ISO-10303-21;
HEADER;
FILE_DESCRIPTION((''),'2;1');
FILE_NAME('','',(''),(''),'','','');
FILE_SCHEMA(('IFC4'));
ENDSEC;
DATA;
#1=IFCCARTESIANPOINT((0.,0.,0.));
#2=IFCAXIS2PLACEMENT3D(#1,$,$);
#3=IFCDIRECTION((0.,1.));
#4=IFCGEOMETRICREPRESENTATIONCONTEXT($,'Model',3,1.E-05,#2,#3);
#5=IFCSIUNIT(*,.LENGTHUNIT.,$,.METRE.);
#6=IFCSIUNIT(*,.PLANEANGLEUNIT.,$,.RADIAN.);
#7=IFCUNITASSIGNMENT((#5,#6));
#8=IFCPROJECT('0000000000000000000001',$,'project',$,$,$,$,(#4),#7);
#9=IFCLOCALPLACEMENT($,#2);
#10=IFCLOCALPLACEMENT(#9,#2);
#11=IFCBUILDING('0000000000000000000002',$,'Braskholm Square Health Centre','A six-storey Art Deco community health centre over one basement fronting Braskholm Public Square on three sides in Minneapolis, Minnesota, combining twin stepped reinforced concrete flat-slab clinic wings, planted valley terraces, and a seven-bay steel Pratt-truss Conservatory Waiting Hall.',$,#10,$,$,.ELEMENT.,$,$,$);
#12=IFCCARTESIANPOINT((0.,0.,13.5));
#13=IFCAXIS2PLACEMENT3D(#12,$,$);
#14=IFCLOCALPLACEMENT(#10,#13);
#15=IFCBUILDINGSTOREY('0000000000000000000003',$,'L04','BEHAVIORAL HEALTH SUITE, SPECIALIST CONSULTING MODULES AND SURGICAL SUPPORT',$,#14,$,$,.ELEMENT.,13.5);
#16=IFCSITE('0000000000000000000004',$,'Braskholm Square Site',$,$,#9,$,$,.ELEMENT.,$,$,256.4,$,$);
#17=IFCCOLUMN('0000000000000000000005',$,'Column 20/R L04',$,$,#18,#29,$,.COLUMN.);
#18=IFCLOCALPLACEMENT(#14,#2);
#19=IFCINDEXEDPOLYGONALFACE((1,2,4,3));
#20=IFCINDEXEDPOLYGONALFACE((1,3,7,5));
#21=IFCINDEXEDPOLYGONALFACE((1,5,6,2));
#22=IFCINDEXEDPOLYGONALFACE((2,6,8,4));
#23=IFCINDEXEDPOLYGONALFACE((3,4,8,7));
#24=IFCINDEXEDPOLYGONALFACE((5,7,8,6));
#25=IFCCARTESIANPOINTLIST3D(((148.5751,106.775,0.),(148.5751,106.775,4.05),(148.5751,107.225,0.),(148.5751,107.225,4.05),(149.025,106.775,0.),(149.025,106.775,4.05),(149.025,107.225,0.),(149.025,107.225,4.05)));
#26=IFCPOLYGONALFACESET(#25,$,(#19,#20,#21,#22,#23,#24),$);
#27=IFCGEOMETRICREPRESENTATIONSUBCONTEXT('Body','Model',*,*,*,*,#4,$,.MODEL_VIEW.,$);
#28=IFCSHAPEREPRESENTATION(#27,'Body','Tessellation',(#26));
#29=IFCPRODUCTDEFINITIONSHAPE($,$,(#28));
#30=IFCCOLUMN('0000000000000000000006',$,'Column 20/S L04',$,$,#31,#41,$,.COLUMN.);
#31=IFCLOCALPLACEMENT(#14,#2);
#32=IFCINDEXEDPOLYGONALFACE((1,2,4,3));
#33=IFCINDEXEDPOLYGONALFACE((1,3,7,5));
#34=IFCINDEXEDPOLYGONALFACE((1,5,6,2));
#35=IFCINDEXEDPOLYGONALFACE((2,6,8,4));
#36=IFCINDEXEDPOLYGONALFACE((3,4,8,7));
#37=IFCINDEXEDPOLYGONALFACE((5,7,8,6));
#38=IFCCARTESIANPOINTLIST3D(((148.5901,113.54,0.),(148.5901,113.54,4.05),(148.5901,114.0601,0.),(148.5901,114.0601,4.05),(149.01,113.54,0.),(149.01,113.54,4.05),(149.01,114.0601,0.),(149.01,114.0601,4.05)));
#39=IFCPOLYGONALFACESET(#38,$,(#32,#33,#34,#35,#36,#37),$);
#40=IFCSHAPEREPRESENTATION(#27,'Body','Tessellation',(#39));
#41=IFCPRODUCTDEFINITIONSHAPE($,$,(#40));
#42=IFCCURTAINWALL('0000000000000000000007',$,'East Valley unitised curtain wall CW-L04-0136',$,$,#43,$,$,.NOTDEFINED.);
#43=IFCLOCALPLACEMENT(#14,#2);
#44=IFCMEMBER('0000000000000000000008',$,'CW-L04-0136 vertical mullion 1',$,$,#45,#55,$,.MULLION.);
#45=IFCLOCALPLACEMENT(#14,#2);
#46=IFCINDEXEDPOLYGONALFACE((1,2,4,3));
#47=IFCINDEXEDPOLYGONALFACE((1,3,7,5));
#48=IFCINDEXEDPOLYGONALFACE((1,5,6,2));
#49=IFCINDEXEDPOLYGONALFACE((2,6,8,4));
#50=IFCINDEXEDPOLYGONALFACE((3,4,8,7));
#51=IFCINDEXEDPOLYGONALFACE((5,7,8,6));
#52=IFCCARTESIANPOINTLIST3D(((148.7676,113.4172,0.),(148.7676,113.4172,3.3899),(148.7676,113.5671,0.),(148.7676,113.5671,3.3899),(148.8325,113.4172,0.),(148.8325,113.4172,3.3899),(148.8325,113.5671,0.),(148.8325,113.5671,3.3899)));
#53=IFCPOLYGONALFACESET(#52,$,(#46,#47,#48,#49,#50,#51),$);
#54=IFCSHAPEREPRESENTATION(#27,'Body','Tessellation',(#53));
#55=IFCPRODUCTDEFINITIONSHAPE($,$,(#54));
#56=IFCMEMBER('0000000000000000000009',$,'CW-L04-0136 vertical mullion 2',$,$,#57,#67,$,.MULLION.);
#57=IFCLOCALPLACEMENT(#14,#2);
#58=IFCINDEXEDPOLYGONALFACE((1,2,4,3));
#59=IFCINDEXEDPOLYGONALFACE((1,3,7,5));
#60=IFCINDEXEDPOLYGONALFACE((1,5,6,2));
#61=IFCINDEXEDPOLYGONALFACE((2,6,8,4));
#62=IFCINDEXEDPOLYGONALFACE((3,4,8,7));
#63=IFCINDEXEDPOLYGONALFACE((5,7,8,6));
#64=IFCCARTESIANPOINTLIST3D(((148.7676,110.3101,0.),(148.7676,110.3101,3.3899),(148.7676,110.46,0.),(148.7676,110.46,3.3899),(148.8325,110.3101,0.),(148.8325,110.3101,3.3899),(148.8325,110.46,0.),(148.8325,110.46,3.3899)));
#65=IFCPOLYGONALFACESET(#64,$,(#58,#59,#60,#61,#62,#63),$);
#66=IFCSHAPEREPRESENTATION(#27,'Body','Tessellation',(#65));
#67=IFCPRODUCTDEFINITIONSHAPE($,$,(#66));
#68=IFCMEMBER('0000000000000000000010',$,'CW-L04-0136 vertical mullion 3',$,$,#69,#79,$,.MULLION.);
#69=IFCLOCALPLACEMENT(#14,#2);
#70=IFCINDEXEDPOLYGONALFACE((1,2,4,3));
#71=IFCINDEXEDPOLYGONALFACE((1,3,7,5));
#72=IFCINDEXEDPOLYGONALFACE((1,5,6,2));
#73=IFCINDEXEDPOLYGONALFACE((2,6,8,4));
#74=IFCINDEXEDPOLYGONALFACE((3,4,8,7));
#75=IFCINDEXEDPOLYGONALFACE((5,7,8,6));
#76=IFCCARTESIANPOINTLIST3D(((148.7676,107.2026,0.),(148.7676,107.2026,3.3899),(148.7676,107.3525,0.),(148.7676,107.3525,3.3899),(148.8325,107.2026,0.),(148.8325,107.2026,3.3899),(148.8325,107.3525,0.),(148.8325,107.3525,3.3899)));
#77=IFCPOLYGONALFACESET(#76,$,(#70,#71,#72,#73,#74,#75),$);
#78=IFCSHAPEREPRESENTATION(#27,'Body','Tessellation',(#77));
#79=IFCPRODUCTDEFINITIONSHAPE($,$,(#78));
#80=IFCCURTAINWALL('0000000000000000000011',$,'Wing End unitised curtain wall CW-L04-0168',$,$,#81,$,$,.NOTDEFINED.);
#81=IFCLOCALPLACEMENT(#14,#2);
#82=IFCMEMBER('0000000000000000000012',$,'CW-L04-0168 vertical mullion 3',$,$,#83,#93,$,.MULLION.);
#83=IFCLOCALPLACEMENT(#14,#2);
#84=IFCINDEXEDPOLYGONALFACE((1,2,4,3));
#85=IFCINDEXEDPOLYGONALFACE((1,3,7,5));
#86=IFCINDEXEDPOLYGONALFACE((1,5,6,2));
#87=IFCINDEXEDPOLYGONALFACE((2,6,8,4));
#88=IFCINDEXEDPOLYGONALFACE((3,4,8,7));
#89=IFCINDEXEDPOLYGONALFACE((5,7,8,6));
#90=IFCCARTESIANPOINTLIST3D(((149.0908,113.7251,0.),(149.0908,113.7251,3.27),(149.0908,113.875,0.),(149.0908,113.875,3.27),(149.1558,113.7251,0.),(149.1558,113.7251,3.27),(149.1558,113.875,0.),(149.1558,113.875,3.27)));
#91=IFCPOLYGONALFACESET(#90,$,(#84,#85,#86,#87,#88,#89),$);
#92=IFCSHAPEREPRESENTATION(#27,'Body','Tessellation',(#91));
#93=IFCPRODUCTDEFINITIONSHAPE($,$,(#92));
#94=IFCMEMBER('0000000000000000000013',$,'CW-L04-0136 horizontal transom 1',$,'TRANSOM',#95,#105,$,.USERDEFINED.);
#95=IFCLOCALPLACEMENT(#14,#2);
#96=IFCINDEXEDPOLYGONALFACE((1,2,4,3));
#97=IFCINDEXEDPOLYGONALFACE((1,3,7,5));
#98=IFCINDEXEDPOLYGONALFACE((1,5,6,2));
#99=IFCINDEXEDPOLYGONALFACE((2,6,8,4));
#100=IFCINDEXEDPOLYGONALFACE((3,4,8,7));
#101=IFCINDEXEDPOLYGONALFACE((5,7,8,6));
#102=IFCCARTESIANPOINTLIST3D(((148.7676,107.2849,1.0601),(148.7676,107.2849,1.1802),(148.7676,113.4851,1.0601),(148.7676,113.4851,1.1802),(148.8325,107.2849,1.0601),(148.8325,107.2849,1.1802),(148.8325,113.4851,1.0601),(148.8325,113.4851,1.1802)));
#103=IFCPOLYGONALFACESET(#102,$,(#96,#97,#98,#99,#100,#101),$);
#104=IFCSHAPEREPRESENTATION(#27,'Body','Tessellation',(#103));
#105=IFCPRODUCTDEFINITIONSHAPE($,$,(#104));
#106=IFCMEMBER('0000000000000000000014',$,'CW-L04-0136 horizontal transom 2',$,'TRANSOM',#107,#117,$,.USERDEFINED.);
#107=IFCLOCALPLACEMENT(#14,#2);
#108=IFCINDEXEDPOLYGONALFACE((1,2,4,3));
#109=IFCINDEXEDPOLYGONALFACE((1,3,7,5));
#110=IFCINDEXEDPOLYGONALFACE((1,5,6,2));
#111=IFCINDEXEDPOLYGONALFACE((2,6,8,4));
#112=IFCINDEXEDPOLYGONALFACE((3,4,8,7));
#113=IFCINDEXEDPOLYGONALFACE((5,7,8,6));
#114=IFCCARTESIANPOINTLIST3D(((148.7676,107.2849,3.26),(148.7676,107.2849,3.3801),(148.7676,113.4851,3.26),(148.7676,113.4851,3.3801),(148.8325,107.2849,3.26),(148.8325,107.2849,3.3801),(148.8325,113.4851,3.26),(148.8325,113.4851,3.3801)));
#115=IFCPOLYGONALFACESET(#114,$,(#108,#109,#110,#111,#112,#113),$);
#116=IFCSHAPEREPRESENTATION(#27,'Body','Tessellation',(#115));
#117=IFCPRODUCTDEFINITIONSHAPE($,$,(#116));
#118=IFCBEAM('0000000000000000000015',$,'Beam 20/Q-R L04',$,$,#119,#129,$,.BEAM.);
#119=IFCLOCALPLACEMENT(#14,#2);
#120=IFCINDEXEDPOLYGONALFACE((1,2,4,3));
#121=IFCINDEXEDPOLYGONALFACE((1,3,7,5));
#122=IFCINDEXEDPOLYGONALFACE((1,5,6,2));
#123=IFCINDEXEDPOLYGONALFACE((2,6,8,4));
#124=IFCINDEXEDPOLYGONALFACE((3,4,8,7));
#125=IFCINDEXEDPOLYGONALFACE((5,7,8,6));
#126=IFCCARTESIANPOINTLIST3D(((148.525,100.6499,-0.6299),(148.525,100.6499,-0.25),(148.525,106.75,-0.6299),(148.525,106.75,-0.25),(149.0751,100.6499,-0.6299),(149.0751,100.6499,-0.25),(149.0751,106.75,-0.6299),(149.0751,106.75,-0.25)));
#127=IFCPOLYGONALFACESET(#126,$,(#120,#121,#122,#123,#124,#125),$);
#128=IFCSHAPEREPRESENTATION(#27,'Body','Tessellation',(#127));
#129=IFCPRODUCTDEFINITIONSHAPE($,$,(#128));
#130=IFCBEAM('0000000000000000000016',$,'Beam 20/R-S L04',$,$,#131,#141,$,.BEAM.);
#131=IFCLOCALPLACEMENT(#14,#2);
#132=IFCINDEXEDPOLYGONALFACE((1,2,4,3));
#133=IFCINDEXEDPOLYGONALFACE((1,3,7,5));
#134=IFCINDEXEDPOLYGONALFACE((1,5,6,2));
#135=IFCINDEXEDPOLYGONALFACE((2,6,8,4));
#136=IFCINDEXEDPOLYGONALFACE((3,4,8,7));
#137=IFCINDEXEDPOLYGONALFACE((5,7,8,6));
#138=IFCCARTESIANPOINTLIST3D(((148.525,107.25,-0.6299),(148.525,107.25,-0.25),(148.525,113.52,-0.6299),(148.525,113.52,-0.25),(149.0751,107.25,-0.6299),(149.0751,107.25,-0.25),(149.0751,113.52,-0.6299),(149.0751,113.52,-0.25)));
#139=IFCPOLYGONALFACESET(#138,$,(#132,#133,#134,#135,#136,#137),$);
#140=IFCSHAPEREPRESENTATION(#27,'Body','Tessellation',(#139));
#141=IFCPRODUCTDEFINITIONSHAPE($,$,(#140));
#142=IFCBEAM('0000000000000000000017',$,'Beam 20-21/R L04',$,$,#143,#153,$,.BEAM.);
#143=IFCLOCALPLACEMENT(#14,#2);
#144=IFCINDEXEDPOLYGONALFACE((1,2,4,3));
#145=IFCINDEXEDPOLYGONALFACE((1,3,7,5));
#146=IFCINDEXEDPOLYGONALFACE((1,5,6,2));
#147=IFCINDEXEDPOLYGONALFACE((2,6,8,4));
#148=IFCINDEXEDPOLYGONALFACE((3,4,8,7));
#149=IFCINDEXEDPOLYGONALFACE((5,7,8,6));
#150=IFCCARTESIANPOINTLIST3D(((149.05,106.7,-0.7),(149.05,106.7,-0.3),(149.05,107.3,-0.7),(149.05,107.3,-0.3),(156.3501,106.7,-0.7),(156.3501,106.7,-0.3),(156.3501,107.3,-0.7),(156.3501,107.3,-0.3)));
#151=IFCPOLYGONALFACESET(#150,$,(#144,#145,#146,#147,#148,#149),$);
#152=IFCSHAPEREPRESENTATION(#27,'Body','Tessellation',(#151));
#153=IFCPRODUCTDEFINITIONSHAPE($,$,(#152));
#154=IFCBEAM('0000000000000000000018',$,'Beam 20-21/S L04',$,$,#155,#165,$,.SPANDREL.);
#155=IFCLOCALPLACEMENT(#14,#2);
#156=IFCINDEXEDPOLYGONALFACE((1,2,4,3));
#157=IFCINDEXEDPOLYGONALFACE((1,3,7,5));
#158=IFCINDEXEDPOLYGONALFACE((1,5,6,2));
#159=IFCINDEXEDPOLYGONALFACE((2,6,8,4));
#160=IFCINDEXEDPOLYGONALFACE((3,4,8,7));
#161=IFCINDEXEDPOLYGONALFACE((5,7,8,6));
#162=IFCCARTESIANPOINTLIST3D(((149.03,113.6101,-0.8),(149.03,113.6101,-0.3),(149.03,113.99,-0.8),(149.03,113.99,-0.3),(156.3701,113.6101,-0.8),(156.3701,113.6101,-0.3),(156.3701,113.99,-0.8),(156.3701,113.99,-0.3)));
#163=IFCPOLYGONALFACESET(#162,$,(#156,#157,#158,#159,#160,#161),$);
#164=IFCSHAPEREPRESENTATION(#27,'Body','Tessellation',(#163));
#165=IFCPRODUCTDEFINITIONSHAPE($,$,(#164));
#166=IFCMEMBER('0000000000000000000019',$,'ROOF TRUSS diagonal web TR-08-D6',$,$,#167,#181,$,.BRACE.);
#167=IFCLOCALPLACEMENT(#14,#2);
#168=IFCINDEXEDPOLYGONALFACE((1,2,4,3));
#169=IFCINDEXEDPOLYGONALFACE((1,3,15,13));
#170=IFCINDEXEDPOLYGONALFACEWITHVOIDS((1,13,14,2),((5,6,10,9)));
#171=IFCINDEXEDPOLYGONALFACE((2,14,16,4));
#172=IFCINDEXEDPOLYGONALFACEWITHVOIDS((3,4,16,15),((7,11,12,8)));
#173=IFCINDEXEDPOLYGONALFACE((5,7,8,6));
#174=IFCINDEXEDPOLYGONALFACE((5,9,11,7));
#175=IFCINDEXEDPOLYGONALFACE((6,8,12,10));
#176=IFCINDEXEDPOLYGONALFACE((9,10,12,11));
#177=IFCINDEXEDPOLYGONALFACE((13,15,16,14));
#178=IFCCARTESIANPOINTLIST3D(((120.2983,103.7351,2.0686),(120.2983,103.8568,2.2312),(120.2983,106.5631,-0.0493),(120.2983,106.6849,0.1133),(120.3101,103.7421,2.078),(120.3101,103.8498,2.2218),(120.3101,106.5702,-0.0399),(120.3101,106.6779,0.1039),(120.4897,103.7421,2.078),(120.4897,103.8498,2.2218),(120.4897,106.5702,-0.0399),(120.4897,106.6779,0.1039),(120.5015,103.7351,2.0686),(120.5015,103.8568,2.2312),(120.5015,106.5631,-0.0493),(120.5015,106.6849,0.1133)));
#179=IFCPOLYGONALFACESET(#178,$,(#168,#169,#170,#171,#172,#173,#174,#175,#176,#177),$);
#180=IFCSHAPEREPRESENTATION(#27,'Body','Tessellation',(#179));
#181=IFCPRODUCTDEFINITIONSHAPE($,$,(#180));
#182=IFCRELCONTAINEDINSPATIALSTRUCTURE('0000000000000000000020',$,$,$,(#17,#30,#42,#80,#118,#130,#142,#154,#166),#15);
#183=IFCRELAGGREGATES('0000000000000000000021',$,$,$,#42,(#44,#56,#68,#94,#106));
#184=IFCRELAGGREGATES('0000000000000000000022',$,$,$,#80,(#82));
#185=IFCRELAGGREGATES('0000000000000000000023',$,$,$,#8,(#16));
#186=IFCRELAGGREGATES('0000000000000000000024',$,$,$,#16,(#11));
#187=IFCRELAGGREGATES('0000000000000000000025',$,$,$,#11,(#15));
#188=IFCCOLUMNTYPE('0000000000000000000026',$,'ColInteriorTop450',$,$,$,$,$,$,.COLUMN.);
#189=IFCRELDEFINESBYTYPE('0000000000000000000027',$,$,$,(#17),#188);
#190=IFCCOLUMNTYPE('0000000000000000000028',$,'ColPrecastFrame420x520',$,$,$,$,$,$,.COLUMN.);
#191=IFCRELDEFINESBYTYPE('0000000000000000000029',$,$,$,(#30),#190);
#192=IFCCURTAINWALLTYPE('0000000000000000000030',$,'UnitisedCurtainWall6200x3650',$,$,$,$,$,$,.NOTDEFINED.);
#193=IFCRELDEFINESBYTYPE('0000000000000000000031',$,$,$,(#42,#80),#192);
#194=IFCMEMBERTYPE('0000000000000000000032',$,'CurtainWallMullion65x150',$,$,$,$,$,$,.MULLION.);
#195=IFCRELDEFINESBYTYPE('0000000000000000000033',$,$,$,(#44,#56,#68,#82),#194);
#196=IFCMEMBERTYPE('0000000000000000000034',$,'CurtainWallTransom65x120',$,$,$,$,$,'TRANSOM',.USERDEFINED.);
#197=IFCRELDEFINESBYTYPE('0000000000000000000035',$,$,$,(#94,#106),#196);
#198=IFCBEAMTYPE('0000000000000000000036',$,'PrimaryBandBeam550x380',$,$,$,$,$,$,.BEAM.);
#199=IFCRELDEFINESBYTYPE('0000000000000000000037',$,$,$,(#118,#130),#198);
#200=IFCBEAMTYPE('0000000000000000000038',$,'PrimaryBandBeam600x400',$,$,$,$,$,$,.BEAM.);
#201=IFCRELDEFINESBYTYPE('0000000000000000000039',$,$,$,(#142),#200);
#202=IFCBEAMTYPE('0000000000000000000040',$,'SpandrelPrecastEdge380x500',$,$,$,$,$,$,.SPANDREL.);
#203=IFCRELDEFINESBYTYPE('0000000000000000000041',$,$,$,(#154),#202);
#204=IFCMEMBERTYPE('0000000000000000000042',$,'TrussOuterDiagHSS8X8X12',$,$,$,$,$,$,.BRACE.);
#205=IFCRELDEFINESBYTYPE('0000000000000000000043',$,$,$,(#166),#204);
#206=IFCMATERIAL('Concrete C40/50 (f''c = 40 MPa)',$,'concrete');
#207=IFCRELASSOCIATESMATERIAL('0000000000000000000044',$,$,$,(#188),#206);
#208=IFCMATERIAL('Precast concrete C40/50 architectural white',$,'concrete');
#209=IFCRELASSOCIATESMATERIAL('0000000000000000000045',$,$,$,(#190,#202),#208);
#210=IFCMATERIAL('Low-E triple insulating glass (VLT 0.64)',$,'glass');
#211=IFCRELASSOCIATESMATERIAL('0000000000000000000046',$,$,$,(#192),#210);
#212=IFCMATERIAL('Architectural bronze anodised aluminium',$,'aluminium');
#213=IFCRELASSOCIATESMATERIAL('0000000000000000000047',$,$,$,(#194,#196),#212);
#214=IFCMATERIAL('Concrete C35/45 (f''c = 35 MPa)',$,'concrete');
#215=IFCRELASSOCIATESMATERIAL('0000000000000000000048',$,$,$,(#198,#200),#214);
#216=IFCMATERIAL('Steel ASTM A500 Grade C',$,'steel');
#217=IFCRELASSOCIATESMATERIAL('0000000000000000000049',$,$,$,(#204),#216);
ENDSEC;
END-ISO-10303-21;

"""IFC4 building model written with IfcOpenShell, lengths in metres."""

from ifc_helpers import new_model, si_unit, direction, frame, origin, origin_2d, place, context, subcontext, project, spatial, rectangle, hollow_rectangle, extrude, material, material_profile, profile_set, type_object, element, aggregate, save


model = new_model("IFC4")

# Units and contexts
model_context = context("Model", 3, precision=1e-05, world=origin(), true_north=direction((0.0, 1.0)))
body_context = subcontext(model_context, "Body", "Model", "MODEL_VIEW")
ifc_project = project(units=[si_unit("LENGTHUNIT", "METRE"), si_unit("PLANEANGLEUNIT", "RADIAN")], contexts=[model_context])

# Site, building, storey
site_placement = place(None, origin())
site = spatial("IfcSite", under=ifc_project, at=site_placement, Name="Braskholm Square Site", CompositionType="ELEMENT", RefElevation=256.4)
building_placement = place(site_placement, origin())
building = spatial("IfcBuilding", under=site, at=building_placement, Name="Braskholm Square Health Centre", Description="A six-storey Art Deco community health centre over one basement fronting Braskholm Public Square on three sides in Minneapolis, Minnesota, combining twin stepped reinforced concrete flat-slab clinic wings, planted valley terraces, and a seven-bay steel Pratt-truss Conservatory Waiting Hall.", CompositionType="ELEMENT")
storey_placement = place(building_placement, frame((0.0, 0.0, 13.5)))
storey = spatial("IfcBuildingStorey", under=building, at=storey_placement, Name="L04", Description="BEHAVIORAL HEALTH SUITE, SPECIALIST CONSULTING MODULES AND SURGICAL SUPPORT", CompositionType="ELEMENT", Elevation=13.5)

# Columns
ifc_material_1 = material(Name="Concrete C40/50 (f'c = 40 MPa)", Category="concrete")
ifc_material_profile_1 = material_profile(ifc_material_1, rectangle(XDim=0.45, YDim=0.45, at=origin_2d()), Name="RC-450X450")
ifc_profile_set_1 = profile_set([ifc_material_profile_1], Name="Concrete C40/50 (f'c = 40 MPa)")
column_type_1 = type_object("IfcColumnType", Name="ColInteriorTop450", PredefinedType="COLUMN", material=ifc_profile_set_1)
column_1_placement = place(storey_placement, frame((148.8, 107.0, 0.0), z_axis=(0.0, 0.0, 1.0), x_axis=(1.0, 0.0, 0.0)))
element("IfcColumn", 1, at=column_1_placement, inside=storey, type_object=column_type_1, Name="Column 20/R L04", PredefinedType="COLUMN", context=body_context, shape_type="SweptSolid", body=[
    extrude(rectangle(XDim=0.45, YDim=0.45, at=origin_2d()), origin(), (0.0, 0.0, 1.0), 4.05),
])
ifc_material_2 = material(Name="Precast concrete C40/50 architectural white", Category="concrete")
ifc_material_profile_2 = material_profile(ifc_material_2, rectangle(XDim=0.4199, YDim=0.52, at=origin_2d()), Name="RC-420X520")
ifc_profile_set_2 = profile_set([ifc_material_profile_2], Name="Precast concrete C40/50 architectural white")
column_type_2 = type_object("IfcColumnType", Name="ColPrecastFrame420x520", PredefinedType="COLUMN", material=ifc_profile_set_2)
column_2_placement = place(storey_placement, frame((148.8, 113.8, 0.0), z_axis=(0.0, 0.0, 1.0), x_axis=(1.0, 0.0, 0.0)))
element("IfcColumn", 2, at=column_2_placement, inside=storey, type_object=column_type_2, Name="Column 20/S L04", PredefinedType="COLUMN", context=body_context, shape_type="SweptSolid", body=[
    extrude(rectangle(XDim=0.4199, YDim=0.52, at=origin_2d()), origin(), (0.0, 0.0, 1.0), 4.05),
])

# Curtain wall, members
ifc_material_3 = material(Name="Low-E triple insulating glass (VLT 0.64)", Category="glass")
curtain_wall_type = type_object("IfcCurtainWallType", Name="UnitisedCurtainWall6200x3650", PredefinedType="NOTDEFINED", material=ifc_material_3)
curtain_wall_1_placement = place(storey_placement, origin())
curtain_wall_1 = element("IfcCurtainWall", 3, at=curtain_wall_1_placement, inside=storey, type_object=curtain_wall_type, Name="East Valley unitised curtain wall CW-L04-0136", PredefinedType="NOTDEFINED")
ifc_material_4 = material(Name="Architectural bronze anodised aluminium", Category="aluminium")
ifc_material_profile_3 = material_profile(ifc_material_4, rectangle(XDim=0.0649, YDim=0.1499, at=origin_2d()), Name="ALU-65X150")
ifc_profile_set_3 = profile_set([ifc_material_profile_3], Name="Architectural bronze anodised aluminium")
member_type_1 = type_object("IfcMemberType", Name="CurtainWallMullion65x150", PredefinedType="MULLION", material=ifc_profile_set_3)
member_1_placement = place(storey_placement, frame((148.8, 113.4922, 0.0), z_axis=(0.0, 0.0, 1.0), x_axis=(1.0, 0.0, 0.0)))
member_1 = element("IfcMember", 4, at=member_1_placement, type_object=member_type_1, Name="CW-L04-0136 vertical mullion 1", PredefinedType="MULLION", context=body_context, shape_type="SweptSolid", body=[
    extrude(rectangle(XDim=0.0649, YDim=0.1499, at=origin_2d()), origin(), (0.0, 0.0, 1.0), 3.3899),
])
member_2_placement = place(storey_placement, frame((148.8, 110.385, 0.0), z_axis=(0.0, 0.0, 1.0), x_axis=(1.0, 0.0, 0.0)))
member_2 = element("IfcMember", 5, at=member_2_placement, type_object=member_type_1, Name="CW-L04-0136 vertical mullion 2", PredefinedType="MULLION", context=body_context, shape_type="SweptSolid", body=[
    extrude(rectangle(XDim=0.0649, YDim=0.1499, at=origin_2d()), origin(), (0.0, 0.0, 1.0), 3.3899),
])
member_3_placement = place(storey_placement, frame((148.8, 107.2776, 0.0), z_axis=(0.0, 0.0, 1.0), x_axis=(1.0, 0.0, 0.0)))
member_3 = element("IfcMember", 6, at=member_3_placement, type_object=member_type_1, Name="CW-L04-0136 vertical mullion 3", PredefinedType="MULLION", context=body_context, shape_type="SweptSolid", body=[
    extrude(rectangle(XDim=0.0649, YDim=0.1499, at=origin_2d()), origin(), (0.0, 0.0, 1.0), 3.3899),
])

# Curtain wall, member
curtain_wall_2_placement = place(storey_placement, origin())
curtain_wall_2 = element("IfcCurtainWall", 7, at=curtain_wall_2_placement, inside=storey, type_object=curtain_wall_type, Name="Wing End unitised curtain wall CW-L04-0168", PredefinedType="NOTDEFINED")
member_4_placement = place(storey_placement, frame((149.1233, 113.8, 0.0), z_axis=(0.0, 0.0, 1.0), x_axis=(1.0, 0.0, 0.0)))
member_4 = element("IfcMember", 8, at=member_4_placement, type_object=member_type_1, Name="CW-L04-0168 vertical mullion 3", PredefinedType="MULLION", context=body_context, shape_type="SweptSolid", body=[
    extrude(rectangle(XDim=0.0649, YDim=0.1499, at=origin_2d()), origin(), (0.0, 0.0, 1.0), 3.27),
])

# Members
ifc_material_profile_4 = material_profile(ifc_material_4, rectangle(XDim=0.0649, YDim=0.1201, at=origin_2d()), Name="ALU-65X120")
ifc_profile_set_4 = profile_set([ifc_material_profile_4], Name="Architectural bronze anodised aluminium")
member_type_2 = type_object("IfcMemberType", Name="CurtainWallTransom65x120", ElementType="TRANSOM", PredefinedType="USERDEFINED", material=ifc_profile_set_4)
member_5_placement = place(storey_placement, frame((148.8, 113.4851, 1.1201), z_axis=(0.0, -1.0, 0.0), x_axis=(1.0, 0.0, 0.0)))
member_5 = element("IfcMember", 9, at=member_5_placement, type_object=member_type_2, Name="CW-L04-0136 horizontal transom 1", ObjectType="TRANSOM", PredefinedType="USERDEFINED", context=body_context, shape_type="SweptSolid", body=[
    extrude(rectangle(XDim=0.0649, YDim=0.1201, at=origin_2d()), origin(), (0.0, 0.0, 1.0), 6.2002),
])
member_6_placement = place(storey_placement, frame((148.8, 113.4851, 3.3201), z_axis=(0.0, -1.0, 0.0), x_axis=(1.0, 0.0, 0.0)))
member_6 = element("IfcMember", 10, at=member_6_placement, type_object=member_type_2, Name="CW-L04-0136 horizontal transom 2", ObjectType="TRANSOM", PredefinedType="USERDEFINED", context=body_context, shape_type="SweptSolid", body=[
    extrude(rectangle(XDim=0.0649, YDim=0.1201, at=origin_2d()), origin(), (0.0, 0.0, 1.0), 6.2002),
])

# Beams
ifc_material_5 = material(Name="Concrete C35/45 (f'c = 35 MPa)", Category="concrete")
ifc_material_profile_5 = material_profile(ifc_material_5, rectangle(XDim=0.55, YDim=0.3799, at=origin_2d()), Name="RCB-550X380")
ifc_profile_set_5 = profile_set([ifc_material_profile_5], Name="Concrete C35/45 (f'c = 35 MPa)")
beam_type_1 = type_object("IfcBeamType", Name="PrimaryBandBeam550x380", PredefinedType="BEAM", material=ifc_profile_set_5)
beam_1_placement = place(storey_placement, frame((148.8, 100.6499, -0.4399), z_axis=(0.0, 1.0, 0.0), x_axis=(-1.0, 0.0, 0.0)))
element("IfcBeam", 11, at=beam_1_placement, inside=storey, type_object=beam_type_1, Name="Beam 20/Q-R L04", PredefinedType="BEAM", context=body_context, shape_type="SweptSolid", body=[
    extrude(rectangle(XDim=0.55, YDim=0.3799, at=origin_2d()), origin(), (0.0, 0.0, 1.0), 6.1001),
])
beam_2_placement = place(storey_placement, frame((148.8, 107.25, -0.4399), z_axis=(0.0, 1.0, 0.0), x_axis=(-1.0, 0.0, 0.0)))
element("IfcBeam", 12, at=beam_2_placement, inside=storey, type_object=beam_type_1, Name="Beam 20/R-S L04", PredefinedType="BEAM", context=body_context, shape_type="SweptSolid", body=[
    extrude(rectangle(XDim=0.55, YDim=0.3799, at=origin_2d()), origin(), (0.0, 0.0, 1.0), 6.27),
])
ifc_material_profile_6 = material_profile(ifc_material_5, rectangle(XDim=0.6001, YDim=0.3999, at=origin_2d()), Name="RCB-600X400")
ifc_profile_set_6 = profile_set([ifc_material_profile_6], Name="Concrete C35/45 (f'c = 35 MPa)")
beam_type_2 = type_object("IfcBeamType", Name="PrimaryBandBeam600x400", PredefinedType="BEAM", material=ifc_profile_set_6)
beam_3_placement = place(storey_placement, frame((149.05, 107.0, -0.5), z_axis=(1.0, 0.0, 0.0), x_axis=(0.0, 1.0, 0.0)))
element("IfcBeam", 13, at=beam_3_placement, inside=storey, type_object=beam_type_2, Name="Beam 20-21/R L04", PredefinedType="BEAM", context=body_context, shape_type="SweptSolid", body=[
    extrude(rectangle(XDim=0.6001, YDim=0.3999, at=origin_2d()), origin(), (0.0, 0.0, 1.0), 7.3),
])
ifc_material_profile_7 = material_profile(ifc_material_2, rectangle(XDim=0.3799, YDim=0.5, at=origin_2d()), Name="RCB-380X500")
ifc_profile_set_7 = profile_set([ifc_material_profile_7], Name="Precast concrete C40/50 architectural white")
beam_type_3 = type_object("IfcBeamType", Name="SpandrelPrecastEdge380x500", PredefinedType="SPANDREL", material=ifc_profile_set_7)
beam_4_placement = place(storey_placement, frame((149.03, 113.8, -0.55), z_axis=(1.0, 0.0, 0.0), x_axis=(0.0, 1.0, 0.0)))
element("IfcBeam", 14, at=beam_4_placement, inside=storey, type_object=beam_type_3, Name="Beam 20-21/S L04", PredefinedType="SPANDREL", context=body_context, shape_type="SweptSolid", body=[
    extrude(rectangle(XDim=0.3799, YDim=0.5, at=origin_2d()), origin(), (0.0, 0.0, 1.0), 7.3401),
])

# Member
ifc_material_6 = material(Name="Steel ASTM A500 Grade C", Category="steel")
ifc_material_profile_8 = material_profile(ifc_material_6, hollow_rectangle(XDim=0.2031, YDim=0.2031, WallThickness=0.0117, at=origin_2d()), Name="HSS8X8X1/2")
ifc_profile_set_8 = profile_set([ifc_material_profile_8], Name="Steel ASTM A500 Grade C")
member_type_3 = type_object("IfcMemberType", Name="TrussOuterDiagHSS8X8X12", PredefinedType="BRACE", material=ifc_profile_set_8)
member_7_placement = place(storey_placement, frame((120.3999, 106.624, 0.032), z_axis=(0.0, -0.800431, 0.599425), x_axis=(1.0, 0.0, 0.0)))
element("IfcMember", 15, at=member_7_placement, inside=storey, type_object=member_type_3, Name="ROOF TRUSS diagonal web TR-08-D6", PredefinedType="BRACE", context=body_context, shape_type="SweptSolid", body=[
    extrude(hollow_rectangle(XDim=0.2031, YDim=0.2031, WallThickness=0.0117, at=origin_2d()), origin(), (0.0, 0.0, 1.0), 3.5332),
])

aggregate(curtain_wall_1, [member_1, member_2, member_3, member_5, member_6])
aggregate(curtain_wall_2, [member_4])

save(model, "model.ifc")
